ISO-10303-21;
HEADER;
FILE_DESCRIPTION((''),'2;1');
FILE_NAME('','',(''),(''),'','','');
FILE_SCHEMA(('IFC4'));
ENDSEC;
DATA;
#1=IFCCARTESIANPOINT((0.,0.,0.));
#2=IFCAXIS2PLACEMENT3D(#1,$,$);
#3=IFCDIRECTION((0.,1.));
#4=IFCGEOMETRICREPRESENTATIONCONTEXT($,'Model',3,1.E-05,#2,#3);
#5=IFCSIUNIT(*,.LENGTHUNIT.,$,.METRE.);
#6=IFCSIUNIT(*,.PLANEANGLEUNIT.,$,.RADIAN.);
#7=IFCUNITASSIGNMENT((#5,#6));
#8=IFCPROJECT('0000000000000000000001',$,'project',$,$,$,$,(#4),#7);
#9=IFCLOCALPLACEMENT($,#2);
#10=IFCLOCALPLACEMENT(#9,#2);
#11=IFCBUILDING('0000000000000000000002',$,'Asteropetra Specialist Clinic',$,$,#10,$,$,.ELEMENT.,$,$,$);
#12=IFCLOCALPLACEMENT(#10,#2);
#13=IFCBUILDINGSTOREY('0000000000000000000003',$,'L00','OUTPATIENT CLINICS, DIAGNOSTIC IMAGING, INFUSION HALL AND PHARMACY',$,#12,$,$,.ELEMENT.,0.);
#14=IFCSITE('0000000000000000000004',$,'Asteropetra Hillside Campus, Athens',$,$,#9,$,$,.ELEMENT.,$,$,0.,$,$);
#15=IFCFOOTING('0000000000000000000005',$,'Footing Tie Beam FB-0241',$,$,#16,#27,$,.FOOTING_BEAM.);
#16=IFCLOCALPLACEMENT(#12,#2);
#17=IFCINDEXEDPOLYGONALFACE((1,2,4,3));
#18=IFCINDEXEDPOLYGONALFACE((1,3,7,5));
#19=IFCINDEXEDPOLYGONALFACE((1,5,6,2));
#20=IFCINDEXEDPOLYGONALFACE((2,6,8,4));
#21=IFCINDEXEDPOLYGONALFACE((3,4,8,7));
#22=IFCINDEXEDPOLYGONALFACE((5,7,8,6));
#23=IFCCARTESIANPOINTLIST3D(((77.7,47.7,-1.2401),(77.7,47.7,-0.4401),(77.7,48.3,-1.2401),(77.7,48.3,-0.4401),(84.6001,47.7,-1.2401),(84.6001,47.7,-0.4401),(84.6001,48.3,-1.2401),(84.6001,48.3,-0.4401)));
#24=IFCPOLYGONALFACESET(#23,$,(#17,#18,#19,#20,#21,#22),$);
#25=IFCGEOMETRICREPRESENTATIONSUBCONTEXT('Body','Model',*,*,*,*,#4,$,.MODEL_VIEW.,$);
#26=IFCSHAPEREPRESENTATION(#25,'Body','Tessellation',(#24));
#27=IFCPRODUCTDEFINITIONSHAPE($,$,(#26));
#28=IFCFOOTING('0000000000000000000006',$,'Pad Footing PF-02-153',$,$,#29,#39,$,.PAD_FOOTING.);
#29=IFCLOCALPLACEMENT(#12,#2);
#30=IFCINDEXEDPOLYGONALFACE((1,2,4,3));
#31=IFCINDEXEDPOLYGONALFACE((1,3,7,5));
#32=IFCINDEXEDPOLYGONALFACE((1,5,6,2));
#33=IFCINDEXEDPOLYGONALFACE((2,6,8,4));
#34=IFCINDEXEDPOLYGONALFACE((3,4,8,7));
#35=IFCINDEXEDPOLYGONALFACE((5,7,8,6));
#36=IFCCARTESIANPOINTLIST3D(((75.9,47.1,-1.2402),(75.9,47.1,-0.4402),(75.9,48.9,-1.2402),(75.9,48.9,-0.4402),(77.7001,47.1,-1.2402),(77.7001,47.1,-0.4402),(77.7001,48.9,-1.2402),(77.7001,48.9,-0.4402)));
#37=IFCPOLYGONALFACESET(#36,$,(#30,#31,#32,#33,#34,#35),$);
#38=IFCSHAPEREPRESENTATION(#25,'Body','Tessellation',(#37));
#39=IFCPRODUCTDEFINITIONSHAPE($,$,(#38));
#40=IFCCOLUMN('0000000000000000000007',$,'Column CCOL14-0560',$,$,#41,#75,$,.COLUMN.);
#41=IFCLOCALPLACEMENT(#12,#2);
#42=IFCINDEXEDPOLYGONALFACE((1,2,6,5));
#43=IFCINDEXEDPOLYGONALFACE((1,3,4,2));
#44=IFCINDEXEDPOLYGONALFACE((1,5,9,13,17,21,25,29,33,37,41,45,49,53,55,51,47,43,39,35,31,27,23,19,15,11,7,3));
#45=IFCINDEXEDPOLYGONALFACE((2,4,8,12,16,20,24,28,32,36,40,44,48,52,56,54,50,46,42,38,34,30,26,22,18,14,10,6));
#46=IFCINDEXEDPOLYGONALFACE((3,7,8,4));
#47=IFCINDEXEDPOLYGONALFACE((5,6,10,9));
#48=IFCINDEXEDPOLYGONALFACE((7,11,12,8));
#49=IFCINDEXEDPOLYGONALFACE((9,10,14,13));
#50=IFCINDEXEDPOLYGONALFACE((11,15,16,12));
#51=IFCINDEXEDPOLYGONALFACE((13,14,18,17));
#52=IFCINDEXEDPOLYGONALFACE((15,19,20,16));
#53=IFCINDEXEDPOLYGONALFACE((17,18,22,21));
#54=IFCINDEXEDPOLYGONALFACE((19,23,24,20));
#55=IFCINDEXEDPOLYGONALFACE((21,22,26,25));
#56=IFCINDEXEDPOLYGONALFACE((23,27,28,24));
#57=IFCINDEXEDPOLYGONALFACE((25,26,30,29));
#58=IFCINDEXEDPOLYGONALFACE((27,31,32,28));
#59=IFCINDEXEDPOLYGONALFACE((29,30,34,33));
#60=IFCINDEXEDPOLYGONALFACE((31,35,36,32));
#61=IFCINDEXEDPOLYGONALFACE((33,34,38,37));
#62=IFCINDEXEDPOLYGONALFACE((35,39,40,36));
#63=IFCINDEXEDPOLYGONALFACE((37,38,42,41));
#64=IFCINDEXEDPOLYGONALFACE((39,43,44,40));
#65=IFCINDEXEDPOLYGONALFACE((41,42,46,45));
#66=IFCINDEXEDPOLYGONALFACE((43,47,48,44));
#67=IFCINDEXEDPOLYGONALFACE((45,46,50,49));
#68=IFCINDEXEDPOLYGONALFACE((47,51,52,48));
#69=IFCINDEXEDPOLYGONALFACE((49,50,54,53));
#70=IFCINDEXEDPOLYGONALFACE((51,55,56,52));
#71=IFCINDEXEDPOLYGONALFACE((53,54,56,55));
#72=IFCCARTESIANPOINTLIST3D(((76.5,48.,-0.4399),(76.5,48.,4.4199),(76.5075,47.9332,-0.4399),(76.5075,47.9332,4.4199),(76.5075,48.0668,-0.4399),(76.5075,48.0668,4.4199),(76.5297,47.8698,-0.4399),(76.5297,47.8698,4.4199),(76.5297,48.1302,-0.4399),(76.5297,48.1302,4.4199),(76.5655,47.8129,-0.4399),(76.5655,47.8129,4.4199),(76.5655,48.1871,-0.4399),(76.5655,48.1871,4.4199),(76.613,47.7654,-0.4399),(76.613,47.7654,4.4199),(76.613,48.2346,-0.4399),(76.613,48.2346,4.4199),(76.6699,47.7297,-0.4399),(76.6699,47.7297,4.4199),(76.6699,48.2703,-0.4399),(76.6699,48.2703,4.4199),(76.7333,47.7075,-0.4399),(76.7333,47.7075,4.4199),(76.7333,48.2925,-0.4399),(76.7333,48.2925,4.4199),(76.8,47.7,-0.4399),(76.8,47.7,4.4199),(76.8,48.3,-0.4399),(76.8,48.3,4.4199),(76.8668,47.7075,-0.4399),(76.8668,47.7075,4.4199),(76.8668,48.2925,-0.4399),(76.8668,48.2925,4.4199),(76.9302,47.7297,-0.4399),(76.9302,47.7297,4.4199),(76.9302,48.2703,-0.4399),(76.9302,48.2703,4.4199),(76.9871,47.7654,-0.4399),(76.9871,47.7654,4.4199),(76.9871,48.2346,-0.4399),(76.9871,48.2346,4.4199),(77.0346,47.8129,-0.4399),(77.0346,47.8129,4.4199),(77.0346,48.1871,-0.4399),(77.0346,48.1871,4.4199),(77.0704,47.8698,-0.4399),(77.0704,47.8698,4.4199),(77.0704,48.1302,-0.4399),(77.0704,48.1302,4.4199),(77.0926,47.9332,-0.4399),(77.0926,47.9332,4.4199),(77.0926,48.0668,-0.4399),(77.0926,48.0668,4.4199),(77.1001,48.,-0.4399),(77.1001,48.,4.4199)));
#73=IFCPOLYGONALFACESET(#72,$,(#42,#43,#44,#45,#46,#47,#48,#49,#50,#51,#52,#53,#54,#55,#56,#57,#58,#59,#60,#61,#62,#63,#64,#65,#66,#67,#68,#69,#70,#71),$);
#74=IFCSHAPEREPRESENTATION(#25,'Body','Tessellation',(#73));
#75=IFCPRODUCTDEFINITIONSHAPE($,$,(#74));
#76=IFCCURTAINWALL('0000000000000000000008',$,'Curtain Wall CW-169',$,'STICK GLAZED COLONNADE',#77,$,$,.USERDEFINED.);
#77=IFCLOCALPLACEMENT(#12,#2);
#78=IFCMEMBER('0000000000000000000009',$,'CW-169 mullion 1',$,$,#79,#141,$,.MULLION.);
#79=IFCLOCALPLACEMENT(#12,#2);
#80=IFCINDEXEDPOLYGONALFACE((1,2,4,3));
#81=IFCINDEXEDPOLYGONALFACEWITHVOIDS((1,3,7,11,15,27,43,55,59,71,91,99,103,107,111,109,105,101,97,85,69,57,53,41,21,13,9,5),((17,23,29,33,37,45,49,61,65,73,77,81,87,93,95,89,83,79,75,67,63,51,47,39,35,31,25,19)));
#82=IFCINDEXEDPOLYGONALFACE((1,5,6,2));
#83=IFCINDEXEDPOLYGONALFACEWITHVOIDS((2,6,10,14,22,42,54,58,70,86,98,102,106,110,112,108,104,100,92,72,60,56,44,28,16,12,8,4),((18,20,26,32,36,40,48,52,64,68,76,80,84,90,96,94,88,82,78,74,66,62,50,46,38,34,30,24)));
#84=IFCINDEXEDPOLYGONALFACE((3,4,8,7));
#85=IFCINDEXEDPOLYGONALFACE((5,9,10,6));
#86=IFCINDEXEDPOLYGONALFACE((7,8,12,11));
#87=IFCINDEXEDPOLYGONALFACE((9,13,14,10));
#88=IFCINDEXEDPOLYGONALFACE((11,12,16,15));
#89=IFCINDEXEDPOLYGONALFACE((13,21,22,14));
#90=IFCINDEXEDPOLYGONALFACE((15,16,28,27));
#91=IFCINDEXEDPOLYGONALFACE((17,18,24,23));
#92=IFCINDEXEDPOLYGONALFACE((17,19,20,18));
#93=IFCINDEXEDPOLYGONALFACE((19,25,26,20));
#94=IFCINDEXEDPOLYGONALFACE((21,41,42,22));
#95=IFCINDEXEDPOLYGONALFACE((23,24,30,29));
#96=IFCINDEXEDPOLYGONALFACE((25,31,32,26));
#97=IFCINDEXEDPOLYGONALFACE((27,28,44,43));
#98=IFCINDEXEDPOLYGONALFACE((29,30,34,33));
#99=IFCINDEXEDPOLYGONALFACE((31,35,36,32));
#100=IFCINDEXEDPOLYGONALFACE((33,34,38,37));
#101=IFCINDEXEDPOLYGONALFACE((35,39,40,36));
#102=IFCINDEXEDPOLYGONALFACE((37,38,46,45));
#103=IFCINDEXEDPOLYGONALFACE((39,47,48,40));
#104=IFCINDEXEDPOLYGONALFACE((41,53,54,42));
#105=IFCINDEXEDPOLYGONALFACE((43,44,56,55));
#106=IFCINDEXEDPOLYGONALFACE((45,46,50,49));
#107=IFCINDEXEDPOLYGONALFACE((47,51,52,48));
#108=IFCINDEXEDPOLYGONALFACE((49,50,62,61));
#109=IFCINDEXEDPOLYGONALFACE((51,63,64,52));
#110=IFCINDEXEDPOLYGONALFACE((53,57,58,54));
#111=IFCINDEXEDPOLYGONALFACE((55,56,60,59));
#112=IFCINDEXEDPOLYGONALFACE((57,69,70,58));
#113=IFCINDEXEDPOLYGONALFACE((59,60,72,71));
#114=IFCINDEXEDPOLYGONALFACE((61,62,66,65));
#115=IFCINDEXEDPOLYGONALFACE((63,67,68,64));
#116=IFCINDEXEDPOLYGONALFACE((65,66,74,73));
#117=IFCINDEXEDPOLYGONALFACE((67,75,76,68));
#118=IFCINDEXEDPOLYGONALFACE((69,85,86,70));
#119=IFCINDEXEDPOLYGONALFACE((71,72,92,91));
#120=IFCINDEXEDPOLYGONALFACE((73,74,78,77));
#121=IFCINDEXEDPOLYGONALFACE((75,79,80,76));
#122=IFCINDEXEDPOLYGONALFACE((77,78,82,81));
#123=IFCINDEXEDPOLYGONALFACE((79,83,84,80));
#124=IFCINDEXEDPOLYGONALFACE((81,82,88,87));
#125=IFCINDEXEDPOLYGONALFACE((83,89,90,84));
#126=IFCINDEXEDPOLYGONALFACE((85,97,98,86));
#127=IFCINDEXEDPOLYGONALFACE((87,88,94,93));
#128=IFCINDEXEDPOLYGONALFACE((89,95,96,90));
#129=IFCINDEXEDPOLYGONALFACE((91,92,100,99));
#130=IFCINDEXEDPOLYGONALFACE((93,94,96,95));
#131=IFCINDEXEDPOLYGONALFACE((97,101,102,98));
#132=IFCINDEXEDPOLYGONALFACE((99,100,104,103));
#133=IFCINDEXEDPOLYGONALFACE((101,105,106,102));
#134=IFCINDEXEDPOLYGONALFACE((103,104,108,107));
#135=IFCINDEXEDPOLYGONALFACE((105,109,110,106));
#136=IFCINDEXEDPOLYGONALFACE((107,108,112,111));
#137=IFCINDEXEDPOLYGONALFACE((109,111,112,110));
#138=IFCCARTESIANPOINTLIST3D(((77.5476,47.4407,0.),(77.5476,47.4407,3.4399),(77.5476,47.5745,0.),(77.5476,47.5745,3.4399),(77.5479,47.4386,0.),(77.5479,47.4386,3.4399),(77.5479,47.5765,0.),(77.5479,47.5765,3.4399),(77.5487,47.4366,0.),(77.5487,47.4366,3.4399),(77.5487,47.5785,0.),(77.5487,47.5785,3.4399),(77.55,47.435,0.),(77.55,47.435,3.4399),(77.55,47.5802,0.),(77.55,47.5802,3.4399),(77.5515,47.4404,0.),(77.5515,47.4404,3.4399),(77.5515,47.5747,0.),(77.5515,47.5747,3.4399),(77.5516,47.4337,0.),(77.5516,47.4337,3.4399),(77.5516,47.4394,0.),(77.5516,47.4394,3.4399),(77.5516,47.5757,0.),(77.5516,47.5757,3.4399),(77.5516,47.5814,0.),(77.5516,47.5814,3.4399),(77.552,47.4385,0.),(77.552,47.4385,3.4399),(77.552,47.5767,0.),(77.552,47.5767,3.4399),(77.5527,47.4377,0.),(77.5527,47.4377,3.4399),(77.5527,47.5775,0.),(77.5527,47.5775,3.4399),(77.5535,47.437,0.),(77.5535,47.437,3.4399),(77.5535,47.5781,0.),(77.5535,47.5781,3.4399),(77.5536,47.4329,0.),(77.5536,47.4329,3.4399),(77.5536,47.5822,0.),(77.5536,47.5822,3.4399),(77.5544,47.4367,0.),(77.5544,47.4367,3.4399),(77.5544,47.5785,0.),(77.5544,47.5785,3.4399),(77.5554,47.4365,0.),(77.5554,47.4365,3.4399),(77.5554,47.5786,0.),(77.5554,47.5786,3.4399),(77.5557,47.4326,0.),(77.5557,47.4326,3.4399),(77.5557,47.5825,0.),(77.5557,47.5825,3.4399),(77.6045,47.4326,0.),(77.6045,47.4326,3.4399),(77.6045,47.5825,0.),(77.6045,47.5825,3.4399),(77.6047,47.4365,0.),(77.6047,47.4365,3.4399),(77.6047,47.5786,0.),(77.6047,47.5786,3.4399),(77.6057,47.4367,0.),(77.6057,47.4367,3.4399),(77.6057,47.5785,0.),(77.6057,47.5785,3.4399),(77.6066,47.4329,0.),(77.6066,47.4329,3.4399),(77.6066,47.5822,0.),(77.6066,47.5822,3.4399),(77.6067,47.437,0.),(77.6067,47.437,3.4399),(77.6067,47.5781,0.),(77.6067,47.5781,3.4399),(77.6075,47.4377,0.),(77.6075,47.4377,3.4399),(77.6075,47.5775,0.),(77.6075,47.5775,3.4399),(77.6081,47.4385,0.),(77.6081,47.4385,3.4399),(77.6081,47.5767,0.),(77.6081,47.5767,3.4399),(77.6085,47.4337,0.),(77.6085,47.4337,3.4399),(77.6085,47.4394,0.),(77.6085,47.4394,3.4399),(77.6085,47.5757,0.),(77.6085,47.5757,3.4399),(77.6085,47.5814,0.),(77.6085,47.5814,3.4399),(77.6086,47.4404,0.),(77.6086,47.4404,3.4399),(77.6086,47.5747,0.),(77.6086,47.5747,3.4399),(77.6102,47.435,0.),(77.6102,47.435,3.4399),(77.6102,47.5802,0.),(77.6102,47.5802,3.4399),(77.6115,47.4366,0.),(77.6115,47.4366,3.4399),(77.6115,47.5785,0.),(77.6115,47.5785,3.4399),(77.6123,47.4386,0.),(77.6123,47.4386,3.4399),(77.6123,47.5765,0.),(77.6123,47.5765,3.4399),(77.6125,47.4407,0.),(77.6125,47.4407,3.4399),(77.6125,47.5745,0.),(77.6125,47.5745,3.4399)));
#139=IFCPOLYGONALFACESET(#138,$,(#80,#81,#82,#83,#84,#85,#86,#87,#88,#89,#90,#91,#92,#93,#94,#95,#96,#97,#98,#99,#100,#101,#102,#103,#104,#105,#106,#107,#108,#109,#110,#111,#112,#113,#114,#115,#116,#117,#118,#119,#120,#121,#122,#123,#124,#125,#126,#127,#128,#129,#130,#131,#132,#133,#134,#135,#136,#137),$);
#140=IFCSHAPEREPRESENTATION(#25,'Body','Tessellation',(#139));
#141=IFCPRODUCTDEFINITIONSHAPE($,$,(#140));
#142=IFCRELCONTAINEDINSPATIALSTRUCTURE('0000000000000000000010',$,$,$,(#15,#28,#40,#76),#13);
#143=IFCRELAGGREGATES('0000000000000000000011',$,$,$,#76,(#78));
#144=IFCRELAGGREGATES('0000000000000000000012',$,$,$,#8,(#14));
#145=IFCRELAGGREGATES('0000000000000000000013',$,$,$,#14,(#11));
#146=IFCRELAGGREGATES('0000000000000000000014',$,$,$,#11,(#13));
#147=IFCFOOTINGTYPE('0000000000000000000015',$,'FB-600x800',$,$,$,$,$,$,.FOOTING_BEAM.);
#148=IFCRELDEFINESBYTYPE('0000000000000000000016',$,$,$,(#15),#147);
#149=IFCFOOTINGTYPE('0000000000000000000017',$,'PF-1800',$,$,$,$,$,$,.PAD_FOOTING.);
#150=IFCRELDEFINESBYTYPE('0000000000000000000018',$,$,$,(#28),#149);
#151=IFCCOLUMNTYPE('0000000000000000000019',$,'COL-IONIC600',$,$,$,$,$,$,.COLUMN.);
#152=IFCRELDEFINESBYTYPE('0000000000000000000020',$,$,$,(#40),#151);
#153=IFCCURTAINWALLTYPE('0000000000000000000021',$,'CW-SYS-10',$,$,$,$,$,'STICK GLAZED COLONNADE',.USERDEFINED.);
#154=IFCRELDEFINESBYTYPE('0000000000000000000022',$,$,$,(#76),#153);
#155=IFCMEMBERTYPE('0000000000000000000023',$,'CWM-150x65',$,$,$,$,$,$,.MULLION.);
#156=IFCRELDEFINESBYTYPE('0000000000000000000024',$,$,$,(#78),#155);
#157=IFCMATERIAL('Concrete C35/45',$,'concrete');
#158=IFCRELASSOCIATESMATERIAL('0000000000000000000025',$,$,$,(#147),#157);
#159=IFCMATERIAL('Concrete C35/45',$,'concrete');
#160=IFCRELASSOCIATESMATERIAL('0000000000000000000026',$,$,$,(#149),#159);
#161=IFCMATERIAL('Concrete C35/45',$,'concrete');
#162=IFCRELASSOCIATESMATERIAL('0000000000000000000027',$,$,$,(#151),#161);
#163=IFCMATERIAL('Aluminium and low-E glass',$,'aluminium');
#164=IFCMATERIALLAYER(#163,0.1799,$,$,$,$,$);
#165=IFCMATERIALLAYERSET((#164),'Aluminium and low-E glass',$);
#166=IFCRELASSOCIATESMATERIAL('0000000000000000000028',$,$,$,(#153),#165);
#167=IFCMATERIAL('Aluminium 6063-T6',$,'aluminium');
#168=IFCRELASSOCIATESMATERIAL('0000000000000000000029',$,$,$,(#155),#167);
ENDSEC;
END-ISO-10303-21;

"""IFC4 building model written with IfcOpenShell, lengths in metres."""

from ifc_helpers import new_model, si_unit, direction, frame, origin, origin_2d, place, context, subcontext, project, spatial, rectangle, hollow_rectangle, circle, extrude, material, layer, layer_set, material_profile, profile_set, type_object, element, aggregate, save


model = new_model("IFC4")

# Units and contexts
model_context = context("Model", 3, precision=1e-05, world=origin(), true_north=direction((0.0, 1.0)))
body_context = subcontext(model_context, "Body", "Model", "MODEL_VIEW")
ifc_project = project(units=[si_unit("LENGTHUNIT", "METRE"), si_unit("PLANEANGLEUNIT", "RADIAN")], contexts=[model_context])

# Site, building, storey
site_placement = place(None, origin())
site = spatial("IfcSite", under=ifc_project, at=site_placement, Name="Asteropetra Hillside Campus, Athens", CompositionType="ELEMENT", RefElevation=0.0)
building_placement = place(site_placement, origin())
building = spatial("IfcBuilding", under=site, at=building_placement, Name="Asteropetra Specialist Clinic", CompositionType="ELEMENT")
storey_placement = place(building_placement, origin())
storey = spatial("IfcBuildingStorey", under=building, at=storey_placement, Name="L00", Description="OUTPATIENT CLINICS, DIAGNOSTIC IMAGING, INFUSION HALL AND PHARMACY", CompositionType="ELEMENT", Elevation=0.0)

# Footings
ifc_material_1 = material(Name="Concrete C35/45", Category="concrete")
ifc_material_profile_1 = material_profile(ifc_material_1, rectangle(XDim=0.6001, YDim=0.8, at=origin_2d()), Name="FB 600x800")
ifc_profile_set_1 = profile_set([ifc_material_profile_1], Name="Concrete C35/45")
footing_type_1 = type_object("IfcFootingType", Name="FB-600x800", PredefinedType="FOOTING_BEAM", material=ifc_profile_set_1)
footing_1_placement = place(storey_placement, frame((77.7, 48.0, -0.8401), z_axis=(1.0, 0.0, 0.0), x_axis=(0.0, 1.0, 0.0)))
element("IfcFooting", 1, at=footing_1_placement, inside=storey, type_object=footing_type_1, Name="Footing Tie Beam FB-0241", PredefinedType="FOOTING_BEAM", context=body_context, shape_type="SweptSolid", body=[
    extrude(rectangle(XDim=0.6001, YDim=0.8, at=origin_2d()), origin(), (0.0, 0.0, 1.0), 6.9001),
])
ifc_material_2 = material(Name="Concrete C35/45", Category="concrete")
footing_type_2 = type_object("IfcFootingType", Name="PF-1800", PredefinedType="PAD_FOOTING", material=ifc_material_2)
footing_2_placement = place(storey_placement, frame((76.8, 48.0, -1.2402), z_axis=(0.0, 0.0, 1.0), x_axis=(1.0, 0.0, 0.0)))
element("IfcFooting", 2, at=footing_2_placement, inside=storey, type_object=footing_type_2, Name="Pad Footing PF-02-153", PredefinedType="PAD_FOOTING", context=body_context, shape_type="SweptSolid", body=[
    extrude(rectangle(XDim=1.8, YDim=1.8, at=origin_2d()), origin(), (0.0, 0.0, 1.0), 0.8),
])

# Column
ifc_material_3 = material(Name="Concrete C35/45", Category="concrete")
ifc_material_profile_2 = material_profile(ifc_material_3, circle(Radius=0.3, at=origin_2d()), Name="RCC D600")
ifc_profile_set_2 = profile_set([ifc_material_profile_2], Name="Concrete C35/45")
column_type = type_object("IfcColumnType", Name="COL-IONIC600", PredefinedType="COLUMN", material=ifc_profile_set_2)
column_placement = place(storey_placement, frame((76.8, 48.0, -0.4399), z_axis=(0.0, 0.0, 1.0), x_axis=(1.0, 0.0, 0.0)))
element("IfcColumn", 3, at=column_placement, inside=storey, type_object=column_type, Name="Column CCOL14-0560", PredefinedType="COLUMN", context=body_context, shape_type="SweptSolid", body=[
    extrude(circle(Radius=0.3, at=origin_2d()), origin(), (0.0, 0.0, 1.0), 4.8599),
])

# Curtain wall, member
ifc_material_4 = material(Name="Aluminium and low-E glass", Category="aluminium")
ifc_layer_1 = layer(ifc_material_4, 0.1799)
ifc_layer_set_1 = layer_set([ifc_layer_1], Name="Aluminium and low-E glass")
curtain_wall_type = type_object("IfcCurtainWallType", Name="CW-SYS-10", ElementType="STICK GLAZED COLONNADE", PredefinedType="USERDEFINED", material=ifc_layer_set_1)
curtain_wall_placement = place(storey_placement, origin())
curtain_wall = element("IfcCurtainWall", 4, at=curtain_wall_placement, inside=storey, type_object=curtain_wall_type, Name="Curtain Wall CW-169", ObjectType="STICK GLAZED COLONNADE", PredefinedType="USERDEFINED")
ifc_material_5 = material(Name="Aluminium 6063-T6", Category="aluminium")
ifc_material_profile_3 = material_profile(ifc_material_5, hollow_rectangle(XDim=0.0649, YDim=0.1499, WallThickness=0.0039, InnerFilletRadius=0.0039, OuterFilletRadius=0.0081, at=origin_2d()), Name="MUL 150x65x4.0")
ifc_profile_set_3 = profile_set([ifc_material_profile_3], Name="Aluminium 6063-T6")
member_type_1 = type_object("IfcMemberType", Name="CWM-150x65", PredefinedType="MULLION", material=ifc_profile_set_3)
member_1_placement = place(storey_placement, frame((77.5801, 47.5076, 0.0), z_axis=(0.0, 0.0, 1.0), x_axis=(1.0, 0.0, 0.0)))
member_1 = element("IfcMember", 5, at=member_1_placement, type_object=member_type_1, Name="CW-169 mullion 1", PredefinedType="MULLION", context=body_context, shape_type="SweptSolid", body=[
    extrude(hollow_rectangle(XDim=0.0649, YDim=0.1499, WallThickness=0.0039, InnerFilletRadius=0.0039, OuterFilletRadius=0.0081, at=origin_2d()), origin(), (0.0, 0.0, 1.0), 3.4399),
])
aggregate(curtain_wall, [member_1])

save(model, "model.ifc")
